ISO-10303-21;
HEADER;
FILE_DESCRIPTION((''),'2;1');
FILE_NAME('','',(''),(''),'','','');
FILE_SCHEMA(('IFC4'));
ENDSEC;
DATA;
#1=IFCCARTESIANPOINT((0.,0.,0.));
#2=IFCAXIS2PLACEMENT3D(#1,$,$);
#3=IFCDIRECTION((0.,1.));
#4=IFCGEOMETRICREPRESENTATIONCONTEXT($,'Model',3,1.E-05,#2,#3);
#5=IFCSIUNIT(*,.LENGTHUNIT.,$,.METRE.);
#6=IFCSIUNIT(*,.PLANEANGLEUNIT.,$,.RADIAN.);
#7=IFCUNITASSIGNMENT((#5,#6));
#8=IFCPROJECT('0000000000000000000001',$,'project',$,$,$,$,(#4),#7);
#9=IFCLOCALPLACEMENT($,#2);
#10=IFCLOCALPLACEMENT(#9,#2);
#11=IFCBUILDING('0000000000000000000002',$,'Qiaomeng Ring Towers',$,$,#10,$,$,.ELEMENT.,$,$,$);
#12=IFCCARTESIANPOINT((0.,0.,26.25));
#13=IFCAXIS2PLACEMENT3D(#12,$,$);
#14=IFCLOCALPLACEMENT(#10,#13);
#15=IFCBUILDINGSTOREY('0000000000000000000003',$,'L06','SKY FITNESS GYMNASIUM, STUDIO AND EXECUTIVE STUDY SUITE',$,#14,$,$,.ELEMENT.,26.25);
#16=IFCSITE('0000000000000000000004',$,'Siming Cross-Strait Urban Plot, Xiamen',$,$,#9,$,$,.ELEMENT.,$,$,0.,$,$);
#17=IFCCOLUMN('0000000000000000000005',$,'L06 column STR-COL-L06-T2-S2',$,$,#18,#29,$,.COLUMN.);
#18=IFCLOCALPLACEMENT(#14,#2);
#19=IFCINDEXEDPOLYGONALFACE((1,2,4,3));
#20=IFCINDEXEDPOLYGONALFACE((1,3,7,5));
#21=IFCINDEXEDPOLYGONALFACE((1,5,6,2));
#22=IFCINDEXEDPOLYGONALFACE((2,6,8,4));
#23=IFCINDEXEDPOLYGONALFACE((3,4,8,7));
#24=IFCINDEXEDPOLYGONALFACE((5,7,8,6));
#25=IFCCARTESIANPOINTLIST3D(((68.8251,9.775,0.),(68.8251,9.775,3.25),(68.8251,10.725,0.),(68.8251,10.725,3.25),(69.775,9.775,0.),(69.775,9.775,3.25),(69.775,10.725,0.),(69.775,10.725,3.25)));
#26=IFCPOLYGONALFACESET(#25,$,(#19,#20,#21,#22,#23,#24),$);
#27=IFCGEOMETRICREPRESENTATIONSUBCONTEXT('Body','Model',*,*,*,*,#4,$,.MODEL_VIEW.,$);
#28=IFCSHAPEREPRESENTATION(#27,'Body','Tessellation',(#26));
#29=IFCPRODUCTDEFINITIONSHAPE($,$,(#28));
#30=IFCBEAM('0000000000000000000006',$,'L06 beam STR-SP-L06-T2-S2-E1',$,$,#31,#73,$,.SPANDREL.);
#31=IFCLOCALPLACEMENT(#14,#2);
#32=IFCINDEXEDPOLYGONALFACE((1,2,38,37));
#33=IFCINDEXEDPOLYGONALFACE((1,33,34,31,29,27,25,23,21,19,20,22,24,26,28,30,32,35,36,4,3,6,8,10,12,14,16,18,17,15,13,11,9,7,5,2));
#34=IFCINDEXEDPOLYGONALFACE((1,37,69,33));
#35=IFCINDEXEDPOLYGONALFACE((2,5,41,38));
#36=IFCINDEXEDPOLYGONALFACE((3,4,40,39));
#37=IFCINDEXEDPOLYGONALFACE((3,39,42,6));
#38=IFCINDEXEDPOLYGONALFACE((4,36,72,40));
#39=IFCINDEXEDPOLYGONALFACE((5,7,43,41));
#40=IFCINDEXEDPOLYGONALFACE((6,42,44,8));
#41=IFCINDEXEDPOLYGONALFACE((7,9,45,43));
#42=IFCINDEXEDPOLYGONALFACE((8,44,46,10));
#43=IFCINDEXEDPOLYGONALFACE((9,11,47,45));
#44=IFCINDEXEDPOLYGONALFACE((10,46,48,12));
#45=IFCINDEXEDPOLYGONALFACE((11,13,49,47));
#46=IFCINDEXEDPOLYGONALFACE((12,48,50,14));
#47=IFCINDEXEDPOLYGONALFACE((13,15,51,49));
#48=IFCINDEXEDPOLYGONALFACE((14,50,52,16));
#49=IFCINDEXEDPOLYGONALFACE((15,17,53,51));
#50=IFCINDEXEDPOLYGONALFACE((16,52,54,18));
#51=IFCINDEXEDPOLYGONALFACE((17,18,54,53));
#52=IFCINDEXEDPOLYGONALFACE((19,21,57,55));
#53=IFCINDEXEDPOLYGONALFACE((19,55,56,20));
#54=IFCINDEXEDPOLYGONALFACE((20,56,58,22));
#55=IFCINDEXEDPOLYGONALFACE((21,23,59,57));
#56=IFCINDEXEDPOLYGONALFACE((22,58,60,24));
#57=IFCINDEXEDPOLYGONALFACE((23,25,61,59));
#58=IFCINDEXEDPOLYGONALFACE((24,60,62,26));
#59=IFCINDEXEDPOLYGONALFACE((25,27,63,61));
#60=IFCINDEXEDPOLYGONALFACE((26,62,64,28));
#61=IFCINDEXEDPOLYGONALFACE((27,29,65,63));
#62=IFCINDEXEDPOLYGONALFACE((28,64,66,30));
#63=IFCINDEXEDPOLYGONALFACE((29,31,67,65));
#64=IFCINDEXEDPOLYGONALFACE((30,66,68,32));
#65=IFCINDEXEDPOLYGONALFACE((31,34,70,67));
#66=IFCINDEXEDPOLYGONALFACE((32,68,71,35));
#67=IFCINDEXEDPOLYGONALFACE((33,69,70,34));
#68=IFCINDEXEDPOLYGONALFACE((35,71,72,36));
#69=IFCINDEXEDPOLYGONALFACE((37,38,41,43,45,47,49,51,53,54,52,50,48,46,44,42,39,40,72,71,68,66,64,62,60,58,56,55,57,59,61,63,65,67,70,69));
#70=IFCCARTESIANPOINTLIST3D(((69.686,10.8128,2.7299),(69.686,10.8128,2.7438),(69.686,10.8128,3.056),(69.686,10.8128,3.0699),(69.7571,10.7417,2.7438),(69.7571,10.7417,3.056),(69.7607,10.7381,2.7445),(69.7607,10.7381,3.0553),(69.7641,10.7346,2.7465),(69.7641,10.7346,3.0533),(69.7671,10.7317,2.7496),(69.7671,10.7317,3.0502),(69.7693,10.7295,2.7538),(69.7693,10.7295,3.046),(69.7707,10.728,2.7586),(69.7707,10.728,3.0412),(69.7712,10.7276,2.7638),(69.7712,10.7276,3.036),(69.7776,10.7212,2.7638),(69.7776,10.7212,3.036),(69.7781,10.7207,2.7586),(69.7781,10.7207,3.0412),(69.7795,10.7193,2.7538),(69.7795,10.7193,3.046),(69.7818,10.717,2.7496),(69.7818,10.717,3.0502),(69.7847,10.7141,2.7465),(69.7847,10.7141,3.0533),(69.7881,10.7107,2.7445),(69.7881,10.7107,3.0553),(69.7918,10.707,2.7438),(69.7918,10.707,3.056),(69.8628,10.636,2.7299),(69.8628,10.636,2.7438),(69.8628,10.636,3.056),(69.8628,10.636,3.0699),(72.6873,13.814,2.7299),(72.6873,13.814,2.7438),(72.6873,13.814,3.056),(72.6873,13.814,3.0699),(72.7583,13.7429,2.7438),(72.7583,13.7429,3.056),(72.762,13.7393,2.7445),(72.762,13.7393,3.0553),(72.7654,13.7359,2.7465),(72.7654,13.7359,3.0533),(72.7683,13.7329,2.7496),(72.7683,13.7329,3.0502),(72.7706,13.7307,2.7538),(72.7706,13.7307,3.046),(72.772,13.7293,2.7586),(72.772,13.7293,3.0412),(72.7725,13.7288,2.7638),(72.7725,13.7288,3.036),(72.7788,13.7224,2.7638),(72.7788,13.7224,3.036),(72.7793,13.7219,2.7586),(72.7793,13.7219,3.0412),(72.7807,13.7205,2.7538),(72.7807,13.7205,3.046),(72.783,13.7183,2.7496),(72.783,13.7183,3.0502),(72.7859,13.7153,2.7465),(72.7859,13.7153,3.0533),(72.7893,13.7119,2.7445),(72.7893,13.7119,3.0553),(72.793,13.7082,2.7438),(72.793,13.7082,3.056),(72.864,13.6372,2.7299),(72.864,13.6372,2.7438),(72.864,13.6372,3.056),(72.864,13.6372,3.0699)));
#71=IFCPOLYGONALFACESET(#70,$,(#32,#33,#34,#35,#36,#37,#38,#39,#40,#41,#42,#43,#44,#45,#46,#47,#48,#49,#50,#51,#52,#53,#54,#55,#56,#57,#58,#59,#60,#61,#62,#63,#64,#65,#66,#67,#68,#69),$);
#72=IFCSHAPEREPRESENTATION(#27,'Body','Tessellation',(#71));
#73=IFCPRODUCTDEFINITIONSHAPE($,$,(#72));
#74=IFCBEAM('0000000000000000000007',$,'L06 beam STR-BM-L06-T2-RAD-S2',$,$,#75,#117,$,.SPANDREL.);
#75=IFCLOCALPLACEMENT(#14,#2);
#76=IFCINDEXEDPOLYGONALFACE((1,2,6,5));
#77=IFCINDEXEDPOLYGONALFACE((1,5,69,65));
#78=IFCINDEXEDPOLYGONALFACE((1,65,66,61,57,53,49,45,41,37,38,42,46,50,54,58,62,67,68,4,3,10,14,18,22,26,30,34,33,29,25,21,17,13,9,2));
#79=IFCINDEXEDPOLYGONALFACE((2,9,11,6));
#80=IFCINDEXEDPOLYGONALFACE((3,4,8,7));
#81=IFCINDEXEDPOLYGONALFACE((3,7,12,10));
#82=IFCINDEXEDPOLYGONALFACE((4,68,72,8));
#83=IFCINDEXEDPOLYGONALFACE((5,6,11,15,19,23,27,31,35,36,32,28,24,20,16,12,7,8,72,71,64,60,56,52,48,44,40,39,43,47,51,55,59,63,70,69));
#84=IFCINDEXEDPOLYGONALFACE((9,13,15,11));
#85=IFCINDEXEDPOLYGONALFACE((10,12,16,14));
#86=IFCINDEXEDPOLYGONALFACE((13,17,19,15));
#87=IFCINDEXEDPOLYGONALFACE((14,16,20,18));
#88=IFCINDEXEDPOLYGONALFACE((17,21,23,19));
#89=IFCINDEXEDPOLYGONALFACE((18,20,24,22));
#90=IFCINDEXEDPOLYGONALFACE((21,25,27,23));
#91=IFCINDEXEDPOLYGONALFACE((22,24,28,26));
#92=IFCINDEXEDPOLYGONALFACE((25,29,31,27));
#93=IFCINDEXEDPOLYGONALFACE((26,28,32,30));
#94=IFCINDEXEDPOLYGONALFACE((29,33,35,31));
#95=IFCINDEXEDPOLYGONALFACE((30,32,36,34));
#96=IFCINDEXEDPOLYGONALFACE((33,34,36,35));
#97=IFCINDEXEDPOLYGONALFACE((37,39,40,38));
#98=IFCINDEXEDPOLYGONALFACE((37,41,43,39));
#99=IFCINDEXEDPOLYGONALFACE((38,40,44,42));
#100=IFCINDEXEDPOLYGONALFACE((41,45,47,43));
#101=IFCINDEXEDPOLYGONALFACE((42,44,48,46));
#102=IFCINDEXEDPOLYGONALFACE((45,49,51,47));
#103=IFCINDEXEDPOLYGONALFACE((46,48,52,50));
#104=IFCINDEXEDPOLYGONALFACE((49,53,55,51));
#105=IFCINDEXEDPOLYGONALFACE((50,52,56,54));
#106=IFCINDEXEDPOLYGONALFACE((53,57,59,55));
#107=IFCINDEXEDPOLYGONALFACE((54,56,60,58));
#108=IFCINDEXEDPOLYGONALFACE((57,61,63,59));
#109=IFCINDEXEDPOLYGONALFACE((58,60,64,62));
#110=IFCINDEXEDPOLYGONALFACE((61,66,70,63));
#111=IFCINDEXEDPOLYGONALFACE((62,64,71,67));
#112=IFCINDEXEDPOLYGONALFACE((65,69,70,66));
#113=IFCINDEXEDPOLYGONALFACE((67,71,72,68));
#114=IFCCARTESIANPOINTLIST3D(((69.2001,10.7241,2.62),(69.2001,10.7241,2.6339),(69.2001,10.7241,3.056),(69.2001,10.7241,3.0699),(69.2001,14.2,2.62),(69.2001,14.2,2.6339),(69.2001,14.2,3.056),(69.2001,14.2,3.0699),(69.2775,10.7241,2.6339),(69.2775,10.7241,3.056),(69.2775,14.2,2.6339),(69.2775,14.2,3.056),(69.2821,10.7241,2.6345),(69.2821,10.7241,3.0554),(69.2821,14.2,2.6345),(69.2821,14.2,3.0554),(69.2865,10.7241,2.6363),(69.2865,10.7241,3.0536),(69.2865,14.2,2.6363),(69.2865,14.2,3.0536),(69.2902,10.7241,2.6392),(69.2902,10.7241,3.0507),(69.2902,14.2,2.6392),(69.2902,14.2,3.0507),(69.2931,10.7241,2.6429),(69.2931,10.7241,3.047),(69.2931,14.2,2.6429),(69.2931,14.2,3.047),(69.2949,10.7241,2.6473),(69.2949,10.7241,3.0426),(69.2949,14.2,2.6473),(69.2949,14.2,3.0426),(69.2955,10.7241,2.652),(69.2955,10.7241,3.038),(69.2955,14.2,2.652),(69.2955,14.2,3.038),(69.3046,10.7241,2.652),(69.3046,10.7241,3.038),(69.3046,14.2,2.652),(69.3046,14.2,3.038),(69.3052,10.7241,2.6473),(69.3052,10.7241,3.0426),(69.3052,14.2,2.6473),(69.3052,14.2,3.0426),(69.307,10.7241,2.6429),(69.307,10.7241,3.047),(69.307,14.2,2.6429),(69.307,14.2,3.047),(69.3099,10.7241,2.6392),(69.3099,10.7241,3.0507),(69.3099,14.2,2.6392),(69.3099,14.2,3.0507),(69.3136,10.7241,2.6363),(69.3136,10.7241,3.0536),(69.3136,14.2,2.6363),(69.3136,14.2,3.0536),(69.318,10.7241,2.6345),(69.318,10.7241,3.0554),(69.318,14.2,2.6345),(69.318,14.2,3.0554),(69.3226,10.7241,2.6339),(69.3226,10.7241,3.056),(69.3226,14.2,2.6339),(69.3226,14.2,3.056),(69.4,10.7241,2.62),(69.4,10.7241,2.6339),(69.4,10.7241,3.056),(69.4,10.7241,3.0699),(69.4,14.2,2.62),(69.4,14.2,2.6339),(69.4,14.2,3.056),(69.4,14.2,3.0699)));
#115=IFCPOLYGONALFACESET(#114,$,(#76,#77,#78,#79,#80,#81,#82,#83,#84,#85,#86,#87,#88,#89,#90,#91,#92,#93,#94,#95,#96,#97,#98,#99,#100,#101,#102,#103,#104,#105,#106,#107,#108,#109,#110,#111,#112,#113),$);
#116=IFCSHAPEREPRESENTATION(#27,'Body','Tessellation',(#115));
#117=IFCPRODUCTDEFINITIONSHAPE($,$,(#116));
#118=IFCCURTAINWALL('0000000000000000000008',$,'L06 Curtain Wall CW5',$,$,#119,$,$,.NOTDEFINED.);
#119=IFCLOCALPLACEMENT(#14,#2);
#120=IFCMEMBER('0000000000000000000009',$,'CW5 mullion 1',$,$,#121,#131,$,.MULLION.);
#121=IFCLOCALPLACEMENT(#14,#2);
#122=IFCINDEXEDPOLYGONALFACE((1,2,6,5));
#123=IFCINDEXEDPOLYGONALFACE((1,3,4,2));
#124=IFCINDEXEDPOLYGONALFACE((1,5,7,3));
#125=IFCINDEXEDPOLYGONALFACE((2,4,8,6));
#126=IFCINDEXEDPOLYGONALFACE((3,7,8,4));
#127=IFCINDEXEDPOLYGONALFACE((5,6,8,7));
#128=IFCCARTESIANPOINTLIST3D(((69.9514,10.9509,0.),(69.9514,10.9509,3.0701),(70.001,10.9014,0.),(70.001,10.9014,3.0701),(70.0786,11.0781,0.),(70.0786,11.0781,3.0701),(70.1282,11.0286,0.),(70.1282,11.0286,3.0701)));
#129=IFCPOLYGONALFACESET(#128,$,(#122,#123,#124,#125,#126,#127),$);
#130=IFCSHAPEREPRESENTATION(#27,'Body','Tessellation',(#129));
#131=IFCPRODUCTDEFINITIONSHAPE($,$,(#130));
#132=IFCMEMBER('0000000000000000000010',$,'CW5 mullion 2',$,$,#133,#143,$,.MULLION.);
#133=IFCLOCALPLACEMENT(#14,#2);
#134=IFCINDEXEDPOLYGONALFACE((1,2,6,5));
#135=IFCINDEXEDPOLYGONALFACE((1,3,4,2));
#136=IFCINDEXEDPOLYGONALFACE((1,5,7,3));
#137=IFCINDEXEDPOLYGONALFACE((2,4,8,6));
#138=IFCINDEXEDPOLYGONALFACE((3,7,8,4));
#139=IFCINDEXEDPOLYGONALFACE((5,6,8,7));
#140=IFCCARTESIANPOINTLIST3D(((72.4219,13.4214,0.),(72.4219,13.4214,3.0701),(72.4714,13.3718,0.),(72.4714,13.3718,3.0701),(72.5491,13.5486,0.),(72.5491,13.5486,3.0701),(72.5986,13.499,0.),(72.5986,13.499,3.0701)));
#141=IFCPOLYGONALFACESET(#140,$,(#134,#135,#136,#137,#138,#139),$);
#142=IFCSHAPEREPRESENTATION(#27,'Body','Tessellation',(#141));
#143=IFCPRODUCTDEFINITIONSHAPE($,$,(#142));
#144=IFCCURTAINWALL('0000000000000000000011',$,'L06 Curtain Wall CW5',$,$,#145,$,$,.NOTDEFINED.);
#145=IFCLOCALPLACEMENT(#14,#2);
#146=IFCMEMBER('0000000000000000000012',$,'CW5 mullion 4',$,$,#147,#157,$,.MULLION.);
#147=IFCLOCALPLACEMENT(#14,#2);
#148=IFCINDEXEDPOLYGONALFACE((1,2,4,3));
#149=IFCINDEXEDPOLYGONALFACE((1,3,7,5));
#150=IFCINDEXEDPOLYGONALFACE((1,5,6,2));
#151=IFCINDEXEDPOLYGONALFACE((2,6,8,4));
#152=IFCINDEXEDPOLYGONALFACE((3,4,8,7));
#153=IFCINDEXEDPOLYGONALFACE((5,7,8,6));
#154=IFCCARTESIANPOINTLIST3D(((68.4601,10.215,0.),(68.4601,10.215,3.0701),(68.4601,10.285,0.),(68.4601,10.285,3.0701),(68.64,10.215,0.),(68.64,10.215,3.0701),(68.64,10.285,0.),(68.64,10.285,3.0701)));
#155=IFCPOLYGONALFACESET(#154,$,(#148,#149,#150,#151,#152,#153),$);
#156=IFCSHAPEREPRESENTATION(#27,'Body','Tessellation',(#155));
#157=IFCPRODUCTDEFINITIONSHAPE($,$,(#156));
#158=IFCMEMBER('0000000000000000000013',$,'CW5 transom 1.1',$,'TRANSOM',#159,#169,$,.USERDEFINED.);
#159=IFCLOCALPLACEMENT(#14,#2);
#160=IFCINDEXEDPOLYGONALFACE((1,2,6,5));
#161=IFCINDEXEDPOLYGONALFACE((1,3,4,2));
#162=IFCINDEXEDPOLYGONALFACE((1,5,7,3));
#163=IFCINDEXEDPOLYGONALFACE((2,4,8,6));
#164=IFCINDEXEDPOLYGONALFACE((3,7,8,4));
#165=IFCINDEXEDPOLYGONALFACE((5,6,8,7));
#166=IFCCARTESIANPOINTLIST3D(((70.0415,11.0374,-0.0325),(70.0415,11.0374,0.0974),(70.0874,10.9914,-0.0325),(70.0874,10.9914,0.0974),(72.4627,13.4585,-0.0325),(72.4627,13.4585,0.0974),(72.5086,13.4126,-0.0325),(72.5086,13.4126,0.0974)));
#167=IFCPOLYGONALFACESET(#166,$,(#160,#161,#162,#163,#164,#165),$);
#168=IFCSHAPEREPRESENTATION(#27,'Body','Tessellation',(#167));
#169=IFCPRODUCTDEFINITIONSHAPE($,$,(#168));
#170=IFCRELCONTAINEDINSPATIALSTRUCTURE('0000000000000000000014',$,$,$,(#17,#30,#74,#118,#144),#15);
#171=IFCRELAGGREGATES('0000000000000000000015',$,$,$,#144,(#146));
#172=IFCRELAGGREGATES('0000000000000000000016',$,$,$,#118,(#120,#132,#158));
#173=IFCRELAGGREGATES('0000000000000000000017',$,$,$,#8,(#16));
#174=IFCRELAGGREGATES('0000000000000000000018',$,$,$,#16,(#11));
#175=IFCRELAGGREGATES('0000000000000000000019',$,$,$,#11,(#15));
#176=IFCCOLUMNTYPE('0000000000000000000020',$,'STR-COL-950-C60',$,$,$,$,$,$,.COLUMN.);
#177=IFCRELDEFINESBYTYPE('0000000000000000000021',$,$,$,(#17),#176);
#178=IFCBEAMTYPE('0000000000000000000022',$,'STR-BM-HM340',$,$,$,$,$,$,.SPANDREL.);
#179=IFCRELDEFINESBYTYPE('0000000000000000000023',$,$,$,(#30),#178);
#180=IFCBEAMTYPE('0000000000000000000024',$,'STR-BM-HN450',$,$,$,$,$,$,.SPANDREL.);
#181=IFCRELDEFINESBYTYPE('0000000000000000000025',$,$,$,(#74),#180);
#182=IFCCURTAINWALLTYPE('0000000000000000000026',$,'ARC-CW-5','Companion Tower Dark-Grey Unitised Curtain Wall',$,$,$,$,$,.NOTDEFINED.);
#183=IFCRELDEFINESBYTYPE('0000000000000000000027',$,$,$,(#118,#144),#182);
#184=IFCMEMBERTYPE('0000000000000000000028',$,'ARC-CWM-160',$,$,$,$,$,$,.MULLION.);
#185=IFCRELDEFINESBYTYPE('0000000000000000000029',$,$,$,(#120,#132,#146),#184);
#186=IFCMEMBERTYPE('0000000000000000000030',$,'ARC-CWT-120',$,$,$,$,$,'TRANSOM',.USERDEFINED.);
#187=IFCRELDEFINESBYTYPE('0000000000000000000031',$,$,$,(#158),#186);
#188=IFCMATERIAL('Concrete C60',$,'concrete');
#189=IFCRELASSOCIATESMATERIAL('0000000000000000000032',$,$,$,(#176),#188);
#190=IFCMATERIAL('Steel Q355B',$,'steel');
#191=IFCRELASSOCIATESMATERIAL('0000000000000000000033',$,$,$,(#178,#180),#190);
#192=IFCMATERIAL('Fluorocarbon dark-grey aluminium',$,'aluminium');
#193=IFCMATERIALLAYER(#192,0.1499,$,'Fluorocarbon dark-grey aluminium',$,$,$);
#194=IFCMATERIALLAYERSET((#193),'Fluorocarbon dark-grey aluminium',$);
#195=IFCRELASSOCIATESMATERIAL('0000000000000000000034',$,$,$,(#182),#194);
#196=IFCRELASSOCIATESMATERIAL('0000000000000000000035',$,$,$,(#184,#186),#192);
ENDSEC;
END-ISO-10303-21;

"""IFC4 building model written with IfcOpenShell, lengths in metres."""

from ifc_helpers import new_model, si_unit, direction, frame, origin, origin_2d, place, context, subcontext, project, spatial, rectangle, i_section, extrude, source, transform, mapped, material, layer, layer_set, material_profile, profile_set, type_object, element, aggregate, save


model = new_model("IFC4")

# Units and contexts
model_context = context("Model", 3, precision=1e-05, world=origin(), true_north=direction((0.0, 1.0)))
body_context = subcontext(model_context, "Body", "Model", "MODEL_VIEW")
ifc_project = project(units=[si_unit("LENGTHUNIT", "METRE"), si_unit("PLANEANGLEUNIT", "RADIAN")], contexts=[model_context])

# Site, building, storey
site_placement = place(None, origin())
site = spatial("IfcSite", under=ifc_project, at=site_placement, Name="Siming Cross-Strait Urban Plot, Xiamen", CompositionType="ELEMENT", RefElevation=0.0)
building_placement = place(site_placement, origin())
building = spatial("IfcBuilding", under=site, at=building_placement, Name="Qiaomeng Ring Towers", CompositionType="ELEMENT")
storey_placement = place(building_placement, frame((0.0, 0.0, 26.25)))
storey = spatial("IfcBuildingStorey", under=building, at=storey_placement, Name="L06", Description="SKY FITNESS GYMNASIUM, STUDIO AND EXECUTIVE STUDY SUITE", CompositionType="ELEMENT", Elevation=26.25)

# Column
ifc_material_1 = material(Name="Concrete C60", Category="concrete")
ifc_material_profile_1 = material_profile(ifc_material_1, rectangle(XDim=0.95, YDim=0.95, at=origin_2d()), Name="RC COL 950x950")
ifc_profile_set_1 = profile_set([ifc_material_profile_1], Name="Concrete C60")
column_type = type_object("IfcColumnType", Name="STR-COL-950-C60", PredefinedType="COLUMN", material=ifc_profile_set_1)
shared_shape_1 = source(origin(), body_context, "Body", "SweptSolid", [
    extrude(rectangle(XDim=0.95, YDim=0.95, at=origin_2d()), origin(), (0.0, 0.0, 1.0), 3.25),
])
column_placement = place(storey_placement, frame((69.3, 10.25, 0.0), z_axis=(0.0, 0.0, 1.0), x_axis=(1.0, 0.0, 0.0)))
element("IfcColumn", 1, at=column_placement, inside=storey, type_object=column_type, Name="L06 column STR-COL-L06-T2-S2", PredefinedType="COLUMN", context=body_context, shape_type="MappedRepresentation", body=[
    mapped(shared_shape_1, transform((0.0, 0.0, 0.0), x_axis=(1.0, 0.0, 0.0), y_axis=(0.0, 1.0, 0.0), z_axis=(0.0, 0.0, 1.0), scale=1.0)),
])

# Beams
ifc_material_2 = material(Name="Steel Q355B", Category="steel")
ifc_material_profile_2 = material_profile(ifc_material_2, i_section(OverallWidth=0.25, OverallDepth=0.3401, WebThickness=0.009, FlangeThickness=0.0139, FilletRadius=0.02, at=origin_2d()), Name="HM 340x250x9x14")
ifc_profile_set_2 = profile_set([ifc_material_profile_2], Name="Steel Q355B")
beam_type_1 = type_object("IfcBeamType", Name="STR-BM-HM340", PredefinedType="SPANDREL", material=ifc_profile_set_2)
shared_shape_2 = source(origin(), body_context, "Body", "SweptSolid", [
    extrude(i_section(OverallWidth=0.25, OverallDepth=0.3401, WebThickness=0.009, FlangeThickness=0.0139, FilletRadius=0.02, at=origin_2d()), origin(), (0.0, 0.0, 1.0), 4.2444),
])
beam_1_placement = place(storey_placement, frame((69.7744, 10.7244, 2.8999), z_axis=(0.707107, 0.707107, 0.0), x_axis=(-0.707107, 0.707107, 0.0)))
element("IfcBeam", 2, at=beam_1_placement, inside=storey, type_object=beam_type_1, Name="L06 beam STR-SP-L06-T2-S2-E1", PredefinedType="SPANDREL", context=body_context, shape_type="MappedRepresentation", body=[
    mapped(shared_shape_2, transform((0.0, 0.0, 0.0), x_axis=(1.0, 0.0, 0.0), y_axis=(0.0, 1.0, 0.0), z_axis=(0.0, 0.0, 1.0), scale=1.0)),
])
ifc_material_profile_3 = material_profile(ifc_material_2, i_section(OverallWidth=0.2, OverallDepth=0.45, WebThickness=0.009, FlangeThickness=0.0139, FilletRadius=0.0181, at=origin_2d()), Name="HN 450x200x9x14")
ifc_profile_set_3 = profile_set([ifc_material_profile_3], Name="Steel Q355B")
beam_type_2 = type_object("IfcBeamType", Name="STR-BM-HN450", PredefinedType="SPANDREL", material=ifc_profile_set_3)
shared_shape_3 = source(origin(), body_context, "Body", "SweptSolid", [
    extrude(i_section(OverallWidth=0.2, OverallDepth=0.45, WebThickness=0.009, FlangeThickness=0.0139, FilletRadius=0.0181, at=origin_2d()), origin(), (0.0, 0.0, 1.0), 3.4758),
])
beam_2_placement = place(storey_placement, frame((69.3, 10.7241, 2.845), z_axis=(0.0, 1.0, 0.0), x_axis=(-1.0, 0.0, 0.0)))
element("IfcBeam", 3, at=beam_2_placement, inside=storey, type_object=beam_type_2, Name="L06 beam STR-BM-L06-T2-RAD-S2", PredefinedType="SPANDREL", context=body_context, shape_type="MappedRepresentation", body=[
    mapped(shared_shape_3, transform((0.0, 0.0, 0.0), x_axis=(1.0, 0.0, 0.0), y_axis=(0.0, 1.0, 0.0), z_axis=(0.0, 0.0, 1.0), scale=1.0)),
])

# Curtain wall, members
ifc_material_3 = material(Name="Fluorocarbon dark-grey aluminium", Category="aluminium")
ifc_layer_1 = layer(ifc_material_3, 0.1499, Name="Fluorocarbon dark-grey aluminium")
ifc_layer_set_1 = layer_set([ifc_layer_1], Name="Fluorocarbon dark-grey aluminium")
curtain_wall_type = type_object("IfcCurtainWallType", Name="ARC-CW-5", Description="Companion Tower Dark-Grey Unitised Curtain Wall", PredefinedType="NOTDEFINED", material=ifc_layer_set_1)
curtain_wall_1_placement = place(storey_placement, origin())
curtain_wall_1 = element("IfcCurtainWall", 4, at=curtain_wall_1_placement, inside=storey, type_object=curtain_wall_type, Name="L06 Curtain Wall CW5", PredefinedType="NOTDEFINED")
ifc_material_profile_4 = material_profile(ifc_material_3, rectangle(XDim=0.0701, YDim=0.1799, at=origin_2d()), Name="ALU MULL 70x180")
ifc_profile_set_4 = profile_set([ifc_material_profile_4], Name="Fluorocarbon dark-grey aluminium")
member_type_1 = type_object("IfcMemberType", Name="ARC-CWM-160", PredefinedType="MULLION", material=ifc_profile_set_4)
shared_shape_4 = source(origin(), body_context, "Body", "SweptSolid", [
    extrude(rectangle(XDim=0.0701, YDim=0.1799, at=origin_2d()), origin(), (0.0, 0.0, 1.0), 3.0701),
])
member_1_placement = place(storey_placement, frame((70.0398, 10.9897, 0.0), z_axis=(0.0, 0.0, 1.0), x_axis=(-0.707107, 0.707107, 0.0)))
member_1 = element("IfcMember", 5, at=member_1_placement, type_object=member_type_1, Name="CW5 mullion 1", PredefinedType="MULLION", context=body_context, shape_type="MappedRepresentation", body=[
    mapped(shared_shape_4, transform((0.0, 0.0, 0.0), x_axis=(1.0, 0.0, 0.0), y_axis=(0.0, 1.0, 0.0), z_axis=(0.0, 0.0, 1.0), scale=1.0)),
])
member_2_placement = place(storey_placement, frame((72.5103, 13.4602, 0.0), z_axis=(0.0, 0.0, 1.0), x_axis=(-0.707107, 0.707107, 0.0)))
member_2 = element("IfcMember", 6, at=member_2_placement, type_object=member_type_1, Name="CW5 mullion 2", PredefinedType="MULLION", context=body_context, shape_type="MappedRepresentation", body=[
    mapped(shared_shape_4, transform((0.0, 0.0, 0.0), x_axis=(1.0, 0.0, 0.0), y_axis=(0.0, 1.0, 0.0), z_axis=(0.0, 0.0, 1.0), scale=1.0)),
])

# Curtain wall, member
curtain_wall_2_placement = place(storey_placement, origin())
curtain_wall_2 = element("IfcCurtainWall", 7, at=curtain_wall_2_placement, inside=storey, type_object=curtain_wall_type, Name="L06 Curtain Wall CW5", PredefinedType="NOTDEFINED")
member_3_placement = place(storey_placement, frame((68.55, 10.25, 0.0), z_axis=(0.0, 0.0, 1.0), x_axis=(0.0, 1.0, 0.0)))
member_3 = element("IfcMember", 8, at=member_3_placement, type_object=member_type_1, Name="CW5 mullion 4", PredefinedType="MULLION", context=body_context, shape_type="MappedRepresentation", body=[
    mapped(shared_shape_4, transform((0.0, 0.0, 0.0), x_axis=(1.0, 0.0, 0.0), y_axis=(0.0, 1.0, 0.0), z_axis=(0.0, 0.0, 1.0), scale=1.0)),
])
aggregate(curtain_wall_2, [member_3])

# Member
ifc_material_profile_5 = material_profile(ifc_material_3, rectangle(XDim=0.0649, YDim=0.1299, at=origin_2d()), Name="ALU TRAN 65x130")
ifc_profile_set_5 = profile_set([ifc_material_profile_5], Name="Fluorocarbon dark-grey aluminium")
member_type_2 = type_object("IfcMemberType", Name="ARC-CWT-120", ElementType="TRANSOM", PredefinedType="USERDEFINED", material=ifc_profile_set_5)
shared_shape_5 = source(origin(), body_context, "Body", "SweptSolid", [
    extrude(rectangle(XDim=0.0649, YDim=0.1299, at=origin_2d()), origin(), (0.0, 0.0, 1.0), 3.4241),
])
member_4_placement = place(storey_placement, frame((70.0645, 11.0144, 0.0325), z_axis=(0.707107, 0.707107, 0.0), x_axis=(-0.707107, 0.707107, 0.0)))
member_4 = element("IfcMember", 9, at=member_4_placement, type_object=member_type_2, Name="CW5 transom 1.1", ObjectType="TRANSOM", PredefinedType="USERDEFINED", context=body_context, shape_type="MappedRepresentation", body=[
    mapped(shared_shape_5, transform((0.0, 0.0, 0.0), x_axis=(1.0, 0.0, 0.0), y_axis=(0.0, 1.0, 0.0), z_axis=(0.0, 0.0, 1.0), scale=1.0)),
])

aggregate(curtain_wall_1, [member_1, member_2, member_4])

save(model, "model.ifc")
